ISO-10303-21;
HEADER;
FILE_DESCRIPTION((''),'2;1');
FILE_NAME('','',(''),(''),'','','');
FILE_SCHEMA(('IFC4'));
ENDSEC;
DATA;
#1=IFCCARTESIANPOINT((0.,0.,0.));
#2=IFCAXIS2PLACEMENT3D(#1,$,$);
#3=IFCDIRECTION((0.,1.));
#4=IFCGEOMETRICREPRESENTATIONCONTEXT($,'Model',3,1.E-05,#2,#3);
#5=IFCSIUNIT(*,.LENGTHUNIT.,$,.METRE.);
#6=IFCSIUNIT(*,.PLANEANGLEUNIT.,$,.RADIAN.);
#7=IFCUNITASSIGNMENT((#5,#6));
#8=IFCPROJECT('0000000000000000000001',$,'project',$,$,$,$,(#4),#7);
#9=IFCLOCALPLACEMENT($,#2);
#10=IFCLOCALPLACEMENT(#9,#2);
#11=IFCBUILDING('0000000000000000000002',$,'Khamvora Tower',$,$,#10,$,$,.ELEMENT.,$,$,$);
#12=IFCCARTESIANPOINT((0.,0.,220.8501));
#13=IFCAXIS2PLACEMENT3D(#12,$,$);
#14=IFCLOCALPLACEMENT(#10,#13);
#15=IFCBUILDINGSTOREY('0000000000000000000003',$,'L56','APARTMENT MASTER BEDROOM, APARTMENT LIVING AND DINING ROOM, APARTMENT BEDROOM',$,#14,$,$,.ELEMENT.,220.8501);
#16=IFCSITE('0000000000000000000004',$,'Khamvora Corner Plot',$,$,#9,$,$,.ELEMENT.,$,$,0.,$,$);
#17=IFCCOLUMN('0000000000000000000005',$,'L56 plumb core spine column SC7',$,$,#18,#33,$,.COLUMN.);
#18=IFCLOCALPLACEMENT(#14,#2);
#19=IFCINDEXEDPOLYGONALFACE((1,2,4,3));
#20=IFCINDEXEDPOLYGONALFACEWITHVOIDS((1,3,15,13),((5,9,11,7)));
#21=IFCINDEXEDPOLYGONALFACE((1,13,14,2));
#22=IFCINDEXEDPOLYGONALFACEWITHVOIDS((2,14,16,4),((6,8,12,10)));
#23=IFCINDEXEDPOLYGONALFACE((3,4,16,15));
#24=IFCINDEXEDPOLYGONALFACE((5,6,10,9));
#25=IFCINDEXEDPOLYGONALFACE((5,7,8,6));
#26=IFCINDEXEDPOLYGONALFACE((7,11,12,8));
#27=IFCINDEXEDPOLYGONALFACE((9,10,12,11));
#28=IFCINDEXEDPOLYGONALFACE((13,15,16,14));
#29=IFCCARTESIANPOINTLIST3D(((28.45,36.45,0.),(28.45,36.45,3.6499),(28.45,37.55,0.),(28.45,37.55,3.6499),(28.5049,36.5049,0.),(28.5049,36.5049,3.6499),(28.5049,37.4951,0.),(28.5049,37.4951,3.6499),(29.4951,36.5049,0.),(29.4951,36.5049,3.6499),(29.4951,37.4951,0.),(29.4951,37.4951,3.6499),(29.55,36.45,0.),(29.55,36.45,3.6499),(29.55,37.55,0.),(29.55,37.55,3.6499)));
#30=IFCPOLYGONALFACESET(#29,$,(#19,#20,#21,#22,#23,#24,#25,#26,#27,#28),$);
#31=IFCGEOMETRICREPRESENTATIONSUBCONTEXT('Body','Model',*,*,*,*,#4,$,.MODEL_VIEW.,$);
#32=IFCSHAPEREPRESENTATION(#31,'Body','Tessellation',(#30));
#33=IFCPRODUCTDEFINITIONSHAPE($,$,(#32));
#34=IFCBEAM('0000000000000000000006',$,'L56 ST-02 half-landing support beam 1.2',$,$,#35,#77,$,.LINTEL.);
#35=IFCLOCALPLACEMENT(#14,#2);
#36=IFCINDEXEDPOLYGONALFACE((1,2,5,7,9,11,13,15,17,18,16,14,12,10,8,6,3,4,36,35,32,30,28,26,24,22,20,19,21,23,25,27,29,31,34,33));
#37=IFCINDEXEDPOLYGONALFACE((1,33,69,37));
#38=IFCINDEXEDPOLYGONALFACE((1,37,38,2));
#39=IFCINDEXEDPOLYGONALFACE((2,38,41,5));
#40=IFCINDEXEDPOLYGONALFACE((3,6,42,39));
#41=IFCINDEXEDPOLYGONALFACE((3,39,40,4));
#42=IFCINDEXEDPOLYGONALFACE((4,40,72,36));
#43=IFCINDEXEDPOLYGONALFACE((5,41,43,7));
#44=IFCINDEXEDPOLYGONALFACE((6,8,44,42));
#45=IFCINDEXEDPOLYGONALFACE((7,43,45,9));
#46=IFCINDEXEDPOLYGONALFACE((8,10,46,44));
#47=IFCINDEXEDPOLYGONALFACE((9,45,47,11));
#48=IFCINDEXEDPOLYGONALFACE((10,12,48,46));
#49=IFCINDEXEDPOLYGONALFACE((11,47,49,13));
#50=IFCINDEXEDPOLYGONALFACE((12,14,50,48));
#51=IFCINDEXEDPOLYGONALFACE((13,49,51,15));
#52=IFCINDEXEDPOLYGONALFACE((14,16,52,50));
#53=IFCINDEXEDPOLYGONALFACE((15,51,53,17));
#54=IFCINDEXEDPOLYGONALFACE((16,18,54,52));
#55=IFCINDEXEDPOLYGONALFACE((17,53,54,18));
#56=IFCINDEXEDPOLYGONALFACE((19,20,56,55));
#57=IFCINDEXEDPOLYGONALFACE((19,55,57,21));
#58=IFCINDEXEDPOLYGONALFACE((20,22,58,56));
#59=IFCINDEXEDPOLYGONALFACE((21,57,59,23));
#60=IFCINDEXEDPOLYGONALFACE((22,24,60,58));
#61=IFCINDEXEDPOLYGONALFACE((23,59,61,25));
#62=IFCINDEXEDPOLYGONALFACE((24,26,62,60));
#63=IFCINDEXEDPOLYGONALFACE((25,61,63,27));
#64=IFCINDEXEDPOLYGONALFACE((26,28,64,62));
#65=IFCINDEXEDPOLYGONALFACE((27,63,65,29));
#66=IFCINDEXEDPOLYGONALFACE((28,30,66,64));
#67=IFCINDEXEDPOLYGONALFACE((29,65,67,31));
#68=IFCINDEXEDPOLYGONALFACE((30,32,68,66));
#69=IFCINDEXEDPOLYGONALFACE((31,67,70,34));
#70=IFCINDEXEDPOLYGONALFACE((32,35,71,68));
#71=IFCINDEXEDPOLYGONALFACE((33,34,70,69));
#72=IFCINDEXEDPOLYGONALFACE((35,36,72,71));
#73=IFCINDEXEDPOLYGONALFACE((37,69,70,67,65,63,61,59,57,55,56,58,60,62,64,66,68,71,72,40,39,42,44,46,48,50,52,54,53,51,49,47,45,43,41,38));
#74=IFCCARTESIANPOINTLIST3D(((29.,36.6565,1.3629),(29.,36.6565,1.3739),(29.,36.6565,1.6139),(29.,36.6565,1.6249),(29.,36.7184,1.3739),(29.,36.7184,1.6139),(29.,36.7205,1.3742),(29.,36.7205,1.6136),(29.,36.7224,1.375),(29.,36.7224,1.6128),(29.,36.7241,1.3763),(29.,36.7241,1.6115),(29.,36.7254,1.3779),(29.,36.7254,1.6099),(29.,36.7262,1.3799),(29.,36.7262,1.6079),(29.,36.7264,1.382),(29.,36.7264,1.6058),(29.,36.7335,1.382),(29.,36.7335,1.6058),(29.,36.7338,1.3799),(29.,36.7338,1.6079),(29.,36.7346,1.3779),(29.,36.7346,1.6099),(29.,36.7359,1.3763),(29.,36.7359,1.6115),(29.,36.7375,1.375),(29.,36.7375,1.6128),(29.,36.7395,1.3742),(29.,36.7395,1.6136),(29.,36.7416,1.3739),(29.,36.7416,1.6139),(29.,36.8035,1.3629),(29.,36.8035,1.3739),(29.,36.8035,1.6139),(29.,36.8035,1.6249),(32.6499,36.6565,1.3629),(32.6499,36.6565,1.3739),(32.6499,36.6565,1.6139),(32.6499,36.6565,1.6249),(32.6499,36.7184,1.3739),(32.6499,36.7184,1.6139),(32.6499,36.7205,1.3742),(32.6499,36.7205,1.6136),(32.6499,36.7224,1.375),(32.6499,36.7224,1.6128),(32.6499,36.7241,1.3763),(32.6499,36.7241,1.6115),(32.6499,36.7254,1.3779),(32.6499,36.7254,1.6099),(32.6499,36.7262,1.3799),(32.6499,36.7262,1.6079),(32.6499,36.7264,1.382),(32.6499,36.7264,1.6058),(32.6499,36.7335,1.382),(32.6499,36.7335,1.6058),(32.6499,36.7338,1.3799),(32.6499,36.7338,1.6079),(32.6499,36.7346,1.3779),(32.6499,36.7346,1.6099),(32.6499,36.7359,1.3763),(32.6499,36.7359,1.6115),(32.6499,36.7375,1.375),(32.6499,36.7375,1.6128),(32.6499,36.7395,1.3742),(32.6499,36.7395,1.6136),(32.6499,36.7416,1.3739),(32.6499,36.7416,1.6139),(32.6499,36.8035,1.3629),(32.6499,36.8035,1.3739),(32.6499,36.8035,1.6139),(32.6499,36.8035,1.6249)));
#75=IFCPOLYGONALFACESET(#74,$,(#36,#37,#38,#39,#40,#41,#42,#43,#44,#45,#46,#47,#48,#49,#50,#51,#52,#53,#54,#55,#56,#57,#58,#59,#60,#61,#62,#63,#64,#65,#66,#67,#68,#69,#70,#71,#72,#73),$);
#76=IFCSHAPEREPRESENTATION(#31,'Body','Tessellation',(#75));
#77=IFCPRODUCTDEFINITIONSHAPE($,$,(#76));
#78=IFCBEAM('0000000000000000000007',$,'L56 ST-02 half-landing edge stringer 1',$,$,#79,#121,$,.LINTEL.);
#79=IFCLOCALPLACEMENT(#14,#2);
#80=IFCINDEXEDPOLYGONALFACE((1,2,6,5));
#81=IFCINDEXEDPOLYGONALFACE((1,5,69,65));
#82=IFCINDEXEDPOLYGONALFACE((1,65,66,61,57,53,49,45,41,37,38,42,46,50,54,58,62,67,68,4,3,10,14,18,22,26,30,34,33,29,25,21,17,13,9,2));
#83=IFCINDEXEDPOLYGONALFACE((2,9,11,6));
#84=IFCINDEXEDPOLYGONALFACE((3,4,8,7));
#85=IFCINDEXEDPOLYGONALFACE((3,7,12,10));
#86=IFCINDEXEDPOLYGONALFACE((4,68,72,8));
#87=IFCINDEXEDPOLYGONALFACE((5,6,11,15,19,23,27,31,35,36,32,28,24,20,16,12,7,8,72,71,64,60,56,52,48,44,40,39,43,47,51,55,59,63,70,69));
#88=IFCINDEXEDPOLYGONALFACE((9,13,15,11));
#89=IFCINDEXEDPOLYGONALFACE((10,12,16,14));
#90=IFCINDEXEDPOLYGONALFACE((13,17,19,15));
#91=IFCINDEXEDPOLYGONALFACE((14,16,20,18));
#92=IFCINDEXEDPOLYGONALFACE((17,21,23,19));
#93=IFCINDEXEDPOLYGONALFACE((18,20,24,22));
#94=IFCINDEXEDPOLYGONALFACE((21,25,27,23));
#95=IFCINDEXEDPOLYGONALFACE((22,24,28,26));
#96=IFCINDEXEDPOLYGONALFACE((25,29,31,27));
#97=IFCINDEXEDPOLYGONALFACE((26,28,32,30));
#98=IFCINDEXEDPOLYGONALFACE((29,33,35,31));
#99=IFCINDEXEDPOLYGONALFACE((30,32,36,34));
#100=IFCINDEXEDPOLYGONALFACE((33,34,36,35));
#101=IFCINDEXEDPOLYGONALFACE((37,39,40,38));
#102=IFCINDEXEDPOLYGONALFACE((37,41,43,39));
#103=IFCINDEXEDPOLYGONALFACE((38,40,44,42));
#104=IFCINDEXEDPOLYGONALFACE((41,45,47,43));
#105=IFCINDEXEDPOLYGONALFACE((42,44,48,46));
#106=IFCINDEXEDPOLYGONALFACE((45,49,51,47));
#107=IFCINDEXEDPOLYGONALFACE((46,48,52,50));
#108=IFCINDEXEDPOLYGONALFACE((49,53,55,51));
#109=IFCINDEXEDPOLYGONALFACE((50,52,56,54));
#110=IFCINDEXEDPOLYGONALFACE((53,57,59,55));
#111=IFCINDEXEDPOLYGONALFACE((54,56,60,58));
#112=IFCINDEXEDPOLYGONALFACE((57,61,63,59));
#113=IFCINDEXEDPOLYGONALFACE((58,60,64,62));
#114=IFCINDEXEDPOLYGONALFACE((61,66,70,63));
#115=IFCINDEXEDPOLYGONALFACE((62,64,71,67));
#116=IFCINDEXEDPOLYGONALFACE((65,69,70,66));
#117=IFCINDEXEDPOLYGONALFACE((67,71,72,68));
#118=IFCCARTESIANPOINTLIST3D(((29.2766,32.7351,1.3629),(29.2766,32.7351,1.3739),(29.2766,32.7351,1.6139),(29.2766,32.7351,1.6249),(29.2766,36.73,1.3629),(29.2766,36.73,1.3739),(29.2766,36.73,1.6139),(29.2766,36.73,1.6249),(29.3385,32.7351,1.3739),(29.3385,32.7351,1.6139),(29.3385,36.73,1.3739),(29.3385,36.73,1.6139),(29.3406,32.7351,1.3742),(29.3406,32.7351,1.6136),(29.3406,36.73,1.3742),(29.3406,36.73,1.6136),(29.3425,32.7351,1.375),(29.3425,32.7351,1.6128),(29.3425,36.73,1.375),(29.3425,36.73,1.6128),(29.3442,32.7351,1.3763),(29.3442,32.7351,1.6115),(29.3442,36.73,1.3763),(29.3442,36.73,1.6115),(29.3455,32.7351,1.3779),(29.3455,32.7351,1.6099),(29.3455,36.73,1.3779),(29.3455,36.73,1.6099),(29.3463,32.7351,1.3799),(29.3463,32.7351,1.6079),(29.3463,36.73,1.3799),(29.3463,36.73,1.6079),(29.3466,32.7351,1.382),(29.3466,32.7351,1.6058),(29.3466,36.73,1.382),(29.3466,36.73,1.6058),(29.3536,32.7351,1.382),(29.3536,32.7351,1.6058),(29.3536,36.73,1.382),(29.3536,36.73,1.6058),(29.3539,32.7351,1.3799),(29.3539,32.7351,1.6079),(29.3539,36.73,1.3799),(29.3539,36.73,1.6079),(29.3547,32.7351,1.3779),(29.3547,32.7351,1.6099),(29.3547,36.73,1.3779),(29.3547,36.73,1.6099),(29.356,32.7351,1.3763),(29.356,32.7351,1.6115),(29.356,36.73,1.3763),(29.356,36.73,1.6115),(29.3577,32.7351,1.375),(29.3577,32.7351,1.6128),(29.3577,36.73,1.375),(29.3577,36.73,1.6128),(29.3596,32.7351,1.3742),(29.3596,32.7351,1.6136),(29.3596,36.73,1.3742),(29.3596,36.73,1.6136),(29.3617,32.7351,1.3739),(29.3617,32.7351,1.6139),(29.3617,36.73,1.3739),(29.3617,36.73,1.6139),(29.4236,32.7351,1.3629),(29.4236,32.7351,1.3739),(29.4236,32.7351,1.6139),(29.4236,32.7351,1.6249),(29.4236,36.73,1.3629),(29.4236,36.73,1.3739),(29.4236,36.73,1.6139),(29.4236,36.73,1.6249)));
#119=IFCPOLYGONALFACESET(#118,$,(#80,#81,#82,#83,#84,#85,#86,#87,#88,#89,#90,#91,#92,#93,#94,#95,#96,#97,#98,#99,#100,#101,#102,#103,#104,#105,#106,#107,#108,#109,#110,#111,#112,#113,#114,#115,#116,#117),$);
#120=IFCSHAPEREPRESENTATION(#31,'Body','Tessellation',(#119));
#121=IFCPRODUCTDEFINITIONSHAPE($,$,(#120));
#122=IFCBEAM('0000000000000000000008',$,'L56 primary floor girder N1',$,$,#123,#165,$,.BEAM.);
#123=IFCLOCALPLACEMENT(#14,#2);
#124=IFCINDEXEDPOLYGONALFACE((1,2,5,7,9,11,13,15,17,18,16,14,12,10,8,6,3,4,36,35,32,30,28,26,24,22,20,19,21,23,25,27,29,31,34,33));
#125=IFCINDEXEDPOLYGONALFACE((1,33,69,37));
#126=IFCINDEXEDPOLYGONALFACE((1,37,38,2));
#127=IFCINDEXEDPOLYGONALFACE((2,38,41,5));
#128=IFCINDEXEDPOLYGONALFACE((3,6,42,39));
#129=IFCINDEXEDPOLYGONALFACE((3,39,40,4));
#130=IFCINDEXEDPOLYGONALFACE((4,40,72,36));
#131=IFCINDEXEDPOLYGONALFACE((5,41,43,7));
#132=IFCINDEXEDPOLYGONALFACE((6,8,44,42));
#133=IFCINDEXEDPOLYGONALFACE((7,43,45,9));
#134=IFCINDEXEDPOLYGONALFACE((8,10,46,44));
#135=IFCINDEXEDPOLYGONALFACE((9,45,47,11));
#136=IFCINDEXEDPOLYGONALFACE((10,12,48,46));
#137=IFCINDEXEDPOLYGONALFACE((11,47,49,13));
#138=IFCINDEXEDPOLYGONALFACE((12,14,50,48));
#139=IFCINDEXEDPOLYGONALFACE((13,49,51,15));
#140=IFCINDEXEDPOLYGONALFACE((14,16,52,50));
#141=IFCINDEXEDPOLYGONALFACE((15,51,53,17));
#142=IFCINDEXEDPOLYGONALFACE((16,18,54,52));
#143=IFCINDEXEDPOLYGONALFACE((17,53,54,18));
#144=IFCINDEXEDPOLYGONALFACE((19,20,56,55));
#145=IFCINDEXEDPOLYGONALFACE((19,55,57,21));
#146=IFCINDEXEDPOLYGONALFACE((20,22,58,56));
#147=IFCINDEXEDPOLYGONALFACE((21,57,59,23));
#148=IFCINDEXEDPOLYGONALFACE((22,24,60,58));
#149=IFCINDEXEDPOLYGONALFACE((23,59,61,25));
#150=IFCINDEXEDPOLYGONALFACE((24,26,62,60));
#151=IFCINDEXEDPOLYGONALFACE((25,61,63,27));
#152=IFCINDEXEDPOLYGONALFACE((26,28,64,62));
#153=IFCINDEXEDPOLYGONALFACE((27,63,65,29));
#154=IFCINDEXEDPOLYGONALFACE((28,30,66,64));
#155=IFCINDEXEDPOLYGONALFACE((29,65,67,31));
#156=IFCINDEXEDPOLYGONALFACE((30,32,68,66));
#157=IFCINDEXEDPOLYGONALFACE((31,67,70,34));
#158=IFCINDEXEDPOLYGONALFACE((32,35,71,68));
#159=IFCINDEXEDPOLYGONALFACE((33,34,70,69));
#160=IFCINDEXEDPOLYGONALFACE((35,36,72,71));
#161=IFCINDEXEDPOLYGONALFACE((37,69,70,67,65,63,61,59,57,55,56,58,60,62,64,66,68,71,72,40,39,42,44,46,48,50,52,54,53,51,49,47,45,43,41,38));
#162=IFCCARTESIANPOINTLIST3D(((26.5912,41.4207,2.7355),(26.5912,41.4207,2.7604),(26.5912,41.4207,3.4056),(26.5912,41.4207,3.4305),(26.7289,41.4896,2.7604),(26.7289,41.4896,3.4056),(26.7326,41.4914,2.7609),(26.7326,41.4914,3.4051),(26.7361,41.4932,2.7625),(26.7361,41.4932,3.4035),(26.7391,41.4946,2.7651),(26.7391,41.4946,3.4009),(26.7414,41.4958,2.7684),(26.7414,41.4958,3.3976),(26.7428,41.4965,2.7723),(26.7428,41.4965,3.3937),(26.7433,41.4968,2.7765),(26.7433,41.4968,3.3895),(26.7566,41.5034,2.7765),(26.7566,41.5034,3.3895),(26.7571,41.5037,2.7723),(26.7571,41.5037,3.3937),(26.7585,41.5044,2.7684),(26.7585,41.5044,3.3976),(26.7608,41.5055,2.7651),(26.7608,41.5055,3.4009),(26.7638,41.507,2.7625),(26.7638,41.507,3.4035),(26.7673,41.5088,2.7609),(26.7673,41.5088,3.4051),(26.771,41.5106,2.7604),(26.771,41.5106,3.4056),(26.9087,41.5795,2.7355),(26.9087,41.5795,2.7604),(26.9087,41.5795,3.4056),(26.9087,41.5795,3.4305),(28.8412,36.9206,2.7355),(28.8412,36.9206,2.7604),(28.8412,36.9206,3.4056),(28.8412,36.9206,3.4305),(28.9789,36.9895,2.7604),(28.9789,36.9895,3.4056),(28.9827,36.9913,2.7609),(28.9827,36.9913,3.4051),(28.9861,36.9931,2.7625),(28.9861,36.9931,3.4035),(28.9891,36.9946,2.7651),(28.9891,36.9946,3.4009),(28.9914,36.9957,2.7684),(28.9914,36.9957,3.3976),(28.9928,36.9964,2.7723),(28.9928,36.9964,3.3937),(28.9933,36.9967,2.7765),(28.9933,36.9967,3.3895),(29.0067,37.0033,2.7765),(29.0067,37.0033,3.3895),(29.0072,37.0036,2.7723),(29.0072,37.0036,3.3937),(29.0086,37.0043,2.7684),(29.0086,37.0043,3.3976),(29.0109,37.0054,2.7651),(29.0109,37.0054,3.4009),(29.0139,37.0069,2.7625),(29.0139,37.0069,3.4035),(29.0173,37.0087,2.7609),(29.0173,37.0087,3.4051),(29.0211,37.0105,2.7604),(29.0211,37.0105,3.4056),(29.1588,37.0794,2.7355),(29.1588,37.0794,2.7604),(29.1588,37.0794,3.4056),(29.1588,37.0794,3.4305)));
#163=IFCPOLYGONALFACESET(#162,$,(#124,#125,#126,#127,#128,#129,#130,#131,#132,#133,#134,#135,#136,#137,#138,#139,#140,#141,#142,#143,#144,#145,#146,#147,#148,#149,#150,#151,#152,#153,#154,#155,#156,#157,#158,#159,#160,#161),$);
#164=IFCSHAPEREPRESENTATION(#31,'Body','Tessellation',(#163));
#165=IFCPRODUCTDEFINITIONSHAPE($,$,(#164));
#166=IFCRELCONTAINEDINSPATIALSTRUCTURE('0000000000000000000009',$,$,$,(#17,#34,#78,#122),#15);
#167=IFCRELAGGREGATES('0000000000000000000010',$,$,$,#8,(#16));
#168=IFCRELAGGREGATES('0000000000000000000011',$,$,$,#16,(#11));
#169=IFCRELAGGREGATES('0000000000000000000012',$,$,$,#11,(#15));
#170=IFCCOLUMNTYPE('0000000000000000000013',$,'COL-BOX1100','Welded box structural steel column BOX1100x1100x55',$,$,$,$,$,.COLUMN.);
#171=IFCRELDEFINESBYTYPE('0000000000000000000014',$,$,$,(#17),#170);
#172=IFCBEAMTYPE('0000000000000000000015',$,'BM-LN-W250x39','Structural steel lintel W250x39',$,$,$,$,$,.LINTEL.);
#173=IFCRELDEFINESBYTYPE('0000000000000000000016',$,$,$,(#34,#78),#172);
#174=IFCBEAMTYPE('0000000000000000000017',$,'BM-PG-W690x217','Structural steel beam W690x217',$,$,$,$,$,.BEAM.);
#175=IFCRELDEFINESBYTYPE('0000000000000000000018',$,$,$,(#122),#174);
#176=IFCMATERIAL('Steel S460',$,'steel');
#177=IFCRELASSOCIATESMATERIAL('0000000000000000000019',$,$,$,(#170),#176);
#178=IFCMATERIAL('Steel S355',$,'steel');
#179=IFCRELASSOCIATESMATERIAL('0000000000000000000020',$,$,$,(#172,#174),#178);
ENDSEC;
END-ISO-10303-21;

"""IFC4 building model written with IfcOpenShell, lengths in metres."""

from ifc_helpers import new_model, si_unit, direction, frame, origin, origin_2d, place, context, subcontext, project, spatial, hollow_rectangle, i_section, extrude, material, material_profile, profile_set, type_object, element, save


model = new_model("IFC4")

# Units and contexts
model_context = context("Model", 3, precision=1e-05, world=origin(), true_north=direction((0.0, 1.0)))
body_context = subcontext(model_context, "Body", "Model", "MODEL_VIEW")
ifc_project = project(units=[si_unit("LENGTHUNIT", "METRE"), si_unit("PLANEANGLEUNIT", "RADIAN")], contexts=[model_context])

# Site, building, storey
site_placement = place(None, origin())
site = spatial("IfcSite", under=ifc_project, at=site_placement, Name="Khamvora Corner Plot", CompositionType="ELEMENT", RefElevation=0.0)
building_placement = place(site_placement, origin())
building = spatial("IfcBuilding", under=site, at=building_placement, Name="Khamvora Tower", CompositionType="ELEMENT")
storey_placement = place(building_placement, frame((0.0, 0.0, 220.8501)))
storey = spatial("IfcBuildingStorey", under=building, at=storey_placement, Name="L56", Description="APARTMENT MASTER BEDROOM, APARTMENT LIVING AND DINING ROOM, APARTMENT BEDROOM", CompositionType="ELEMENT", Elevation=220.8501)

# Column
ifc_material_1 = material(Name="Steel S460", Category="steel")
ifc_material_profile_1 = material_profile(ifc_material_1, hollow_rectangle(XDim=1.1001, YDim=1.1001, WallThickness=0.0549, at=origin_2d()), Name="BOX1100x1100x55")
ifc_profile_set_1 = profile_set([ifc_material_profile_1], Name="Steel S460")
column_type = type_object("IfcColumnType", Name="COL-BOX1100", Description="Welded box structural steel column BOX1100x1100x55", PredefinedType="COLUMN", material=ifc_profile_set_1)
column_placement = place(storey_placement, frame((29.0, 37.0, 0.0), z_axis=(0.0, 0.0, 1.0), x_axis=(1.0, 0.0, 0.0)))
element("IfcColumn", 1, at=column_placement, inside=storey, type_object=column_type, Name="L56 plumb core spine column SC7", PredefinedType="COLUMN", context=body_context, shape_type="SweptSolid", body=[
    extrude(hollow_rectangle(XDim=1.1001, YDim=1.1001, WallThickness=0.0549, at=origin_2d()), origin(), (0.0, 0.0, 1.0), 3.6499),
])

# Beams
ifc_material_2 = material(Name="Steel S355", Category="steel")
ifc_material_profile_2 = material_profile(ifc_material_2, i_section(OverallWidth=0.147, OverallDepth=0.262, WebThickness=0.0071, FlangeThickness=0.011, FilletRadius=0.0081, at=origin_2d()), Name="W250x39")
ifc_profile_set_2 = profile_set([ifc_material_profile_2], Name="Steel S355")
beam_type_1 = type_object("IfcBeamType", Name="BM-LN-W250x39", Description="Structural steel lintel W250x39", PredefinedType="LINTEL", material=ifc_profile_set_2)
beam_1_placement = place(storey_placement, frame((29.0, 36.73, 1.4939), z_axis=(1.0, 0.0, 0.0), x_axis=(0.0, 1.0, 0.0)))
element("IfcBeam", 2, at=beam_1_placement, inside=storey, type_object=beam_type_1, Name="L56 ST-02 half-landing support beam 1.2", PredefinedType="LINTEL", context=body_context, shape_type="SweptSolid", body=[
    extrude(i_section(OverallWidth=0.147, OverallDepth=0.262, WebThickness=0.0071, FlangeThickness=0.011, FilletRadius=0.0081, at=origin_2d()), origin(), (0.0, 0.0, 1.0), 3.6499),
])
beam_2_placement = place(storey_placement, frame((29.3501, 32.7351, 1.4939), z_axis=(0.0, 1.0, 0.0), x_axis=(-1.0, 0.0, 0.0)))
element("IfcBeam", 3, at=beam_2_placement, inside=storey, type_object=beam_type_1, Name="L56 ST-02 half-landing edge stringer 1", PredefinedType="LINTEL", context=body_context, shape_type="SweptSolid", body=[
    extrude(i_section(OverallWidth=0.147, OverallDepth=0.262, WebThickness=0.0071, FlangeThickness=0.011, FilletRadius=0.0081, at=origin_2d()), origin(), (0.0, 0.0, 1.0), 3.9949),
])
ifc_material_profile_3 = material_profile(ifc_material_2, i_section(OverallWidth=0.355, OverallDepth=0.6951, WebThickness=0.0149, FlangeThickness=0.0249, FilletRadius=0.0161, at=origin_2d()), Name="W690x217")
ifc_profile_set_3 = profile_set([ifc_material_profile_3], Name="Steel S355")
beam_type_2 = type_object("IfcBeamType", Name="BM-PG-W690x217", Description="Structural steel beam W690x217", PredefinedType="BEAM", material=ifc_profile_set_3)
beam_3_placement = place(storey_placement, frame((29.0, 37.0, 3.083), z_axis=(-0.447214, 0.894427, 0.0), x_axis=(-0.894427, -0.447214, 0.0)))
element("IfcBeam", 4, at=beam_3_placement, inside=storey, type_object=beam_type_2, Name="L56 primary floor girder N1", PredefinedType="BEAM", context=body_context, shape_type="SweptSolid", body=[
    extrude(i_section(OverallWidth=0.355, OverallDepth=0.6951, WebThickness=0.0149, FlangeThickness=0.0249, FilletRadius=0.0161, at=origin_2d()), origin(), (0.0, 0.0, 1.0), 5.0312),
])

save(model, "model.ifc")
